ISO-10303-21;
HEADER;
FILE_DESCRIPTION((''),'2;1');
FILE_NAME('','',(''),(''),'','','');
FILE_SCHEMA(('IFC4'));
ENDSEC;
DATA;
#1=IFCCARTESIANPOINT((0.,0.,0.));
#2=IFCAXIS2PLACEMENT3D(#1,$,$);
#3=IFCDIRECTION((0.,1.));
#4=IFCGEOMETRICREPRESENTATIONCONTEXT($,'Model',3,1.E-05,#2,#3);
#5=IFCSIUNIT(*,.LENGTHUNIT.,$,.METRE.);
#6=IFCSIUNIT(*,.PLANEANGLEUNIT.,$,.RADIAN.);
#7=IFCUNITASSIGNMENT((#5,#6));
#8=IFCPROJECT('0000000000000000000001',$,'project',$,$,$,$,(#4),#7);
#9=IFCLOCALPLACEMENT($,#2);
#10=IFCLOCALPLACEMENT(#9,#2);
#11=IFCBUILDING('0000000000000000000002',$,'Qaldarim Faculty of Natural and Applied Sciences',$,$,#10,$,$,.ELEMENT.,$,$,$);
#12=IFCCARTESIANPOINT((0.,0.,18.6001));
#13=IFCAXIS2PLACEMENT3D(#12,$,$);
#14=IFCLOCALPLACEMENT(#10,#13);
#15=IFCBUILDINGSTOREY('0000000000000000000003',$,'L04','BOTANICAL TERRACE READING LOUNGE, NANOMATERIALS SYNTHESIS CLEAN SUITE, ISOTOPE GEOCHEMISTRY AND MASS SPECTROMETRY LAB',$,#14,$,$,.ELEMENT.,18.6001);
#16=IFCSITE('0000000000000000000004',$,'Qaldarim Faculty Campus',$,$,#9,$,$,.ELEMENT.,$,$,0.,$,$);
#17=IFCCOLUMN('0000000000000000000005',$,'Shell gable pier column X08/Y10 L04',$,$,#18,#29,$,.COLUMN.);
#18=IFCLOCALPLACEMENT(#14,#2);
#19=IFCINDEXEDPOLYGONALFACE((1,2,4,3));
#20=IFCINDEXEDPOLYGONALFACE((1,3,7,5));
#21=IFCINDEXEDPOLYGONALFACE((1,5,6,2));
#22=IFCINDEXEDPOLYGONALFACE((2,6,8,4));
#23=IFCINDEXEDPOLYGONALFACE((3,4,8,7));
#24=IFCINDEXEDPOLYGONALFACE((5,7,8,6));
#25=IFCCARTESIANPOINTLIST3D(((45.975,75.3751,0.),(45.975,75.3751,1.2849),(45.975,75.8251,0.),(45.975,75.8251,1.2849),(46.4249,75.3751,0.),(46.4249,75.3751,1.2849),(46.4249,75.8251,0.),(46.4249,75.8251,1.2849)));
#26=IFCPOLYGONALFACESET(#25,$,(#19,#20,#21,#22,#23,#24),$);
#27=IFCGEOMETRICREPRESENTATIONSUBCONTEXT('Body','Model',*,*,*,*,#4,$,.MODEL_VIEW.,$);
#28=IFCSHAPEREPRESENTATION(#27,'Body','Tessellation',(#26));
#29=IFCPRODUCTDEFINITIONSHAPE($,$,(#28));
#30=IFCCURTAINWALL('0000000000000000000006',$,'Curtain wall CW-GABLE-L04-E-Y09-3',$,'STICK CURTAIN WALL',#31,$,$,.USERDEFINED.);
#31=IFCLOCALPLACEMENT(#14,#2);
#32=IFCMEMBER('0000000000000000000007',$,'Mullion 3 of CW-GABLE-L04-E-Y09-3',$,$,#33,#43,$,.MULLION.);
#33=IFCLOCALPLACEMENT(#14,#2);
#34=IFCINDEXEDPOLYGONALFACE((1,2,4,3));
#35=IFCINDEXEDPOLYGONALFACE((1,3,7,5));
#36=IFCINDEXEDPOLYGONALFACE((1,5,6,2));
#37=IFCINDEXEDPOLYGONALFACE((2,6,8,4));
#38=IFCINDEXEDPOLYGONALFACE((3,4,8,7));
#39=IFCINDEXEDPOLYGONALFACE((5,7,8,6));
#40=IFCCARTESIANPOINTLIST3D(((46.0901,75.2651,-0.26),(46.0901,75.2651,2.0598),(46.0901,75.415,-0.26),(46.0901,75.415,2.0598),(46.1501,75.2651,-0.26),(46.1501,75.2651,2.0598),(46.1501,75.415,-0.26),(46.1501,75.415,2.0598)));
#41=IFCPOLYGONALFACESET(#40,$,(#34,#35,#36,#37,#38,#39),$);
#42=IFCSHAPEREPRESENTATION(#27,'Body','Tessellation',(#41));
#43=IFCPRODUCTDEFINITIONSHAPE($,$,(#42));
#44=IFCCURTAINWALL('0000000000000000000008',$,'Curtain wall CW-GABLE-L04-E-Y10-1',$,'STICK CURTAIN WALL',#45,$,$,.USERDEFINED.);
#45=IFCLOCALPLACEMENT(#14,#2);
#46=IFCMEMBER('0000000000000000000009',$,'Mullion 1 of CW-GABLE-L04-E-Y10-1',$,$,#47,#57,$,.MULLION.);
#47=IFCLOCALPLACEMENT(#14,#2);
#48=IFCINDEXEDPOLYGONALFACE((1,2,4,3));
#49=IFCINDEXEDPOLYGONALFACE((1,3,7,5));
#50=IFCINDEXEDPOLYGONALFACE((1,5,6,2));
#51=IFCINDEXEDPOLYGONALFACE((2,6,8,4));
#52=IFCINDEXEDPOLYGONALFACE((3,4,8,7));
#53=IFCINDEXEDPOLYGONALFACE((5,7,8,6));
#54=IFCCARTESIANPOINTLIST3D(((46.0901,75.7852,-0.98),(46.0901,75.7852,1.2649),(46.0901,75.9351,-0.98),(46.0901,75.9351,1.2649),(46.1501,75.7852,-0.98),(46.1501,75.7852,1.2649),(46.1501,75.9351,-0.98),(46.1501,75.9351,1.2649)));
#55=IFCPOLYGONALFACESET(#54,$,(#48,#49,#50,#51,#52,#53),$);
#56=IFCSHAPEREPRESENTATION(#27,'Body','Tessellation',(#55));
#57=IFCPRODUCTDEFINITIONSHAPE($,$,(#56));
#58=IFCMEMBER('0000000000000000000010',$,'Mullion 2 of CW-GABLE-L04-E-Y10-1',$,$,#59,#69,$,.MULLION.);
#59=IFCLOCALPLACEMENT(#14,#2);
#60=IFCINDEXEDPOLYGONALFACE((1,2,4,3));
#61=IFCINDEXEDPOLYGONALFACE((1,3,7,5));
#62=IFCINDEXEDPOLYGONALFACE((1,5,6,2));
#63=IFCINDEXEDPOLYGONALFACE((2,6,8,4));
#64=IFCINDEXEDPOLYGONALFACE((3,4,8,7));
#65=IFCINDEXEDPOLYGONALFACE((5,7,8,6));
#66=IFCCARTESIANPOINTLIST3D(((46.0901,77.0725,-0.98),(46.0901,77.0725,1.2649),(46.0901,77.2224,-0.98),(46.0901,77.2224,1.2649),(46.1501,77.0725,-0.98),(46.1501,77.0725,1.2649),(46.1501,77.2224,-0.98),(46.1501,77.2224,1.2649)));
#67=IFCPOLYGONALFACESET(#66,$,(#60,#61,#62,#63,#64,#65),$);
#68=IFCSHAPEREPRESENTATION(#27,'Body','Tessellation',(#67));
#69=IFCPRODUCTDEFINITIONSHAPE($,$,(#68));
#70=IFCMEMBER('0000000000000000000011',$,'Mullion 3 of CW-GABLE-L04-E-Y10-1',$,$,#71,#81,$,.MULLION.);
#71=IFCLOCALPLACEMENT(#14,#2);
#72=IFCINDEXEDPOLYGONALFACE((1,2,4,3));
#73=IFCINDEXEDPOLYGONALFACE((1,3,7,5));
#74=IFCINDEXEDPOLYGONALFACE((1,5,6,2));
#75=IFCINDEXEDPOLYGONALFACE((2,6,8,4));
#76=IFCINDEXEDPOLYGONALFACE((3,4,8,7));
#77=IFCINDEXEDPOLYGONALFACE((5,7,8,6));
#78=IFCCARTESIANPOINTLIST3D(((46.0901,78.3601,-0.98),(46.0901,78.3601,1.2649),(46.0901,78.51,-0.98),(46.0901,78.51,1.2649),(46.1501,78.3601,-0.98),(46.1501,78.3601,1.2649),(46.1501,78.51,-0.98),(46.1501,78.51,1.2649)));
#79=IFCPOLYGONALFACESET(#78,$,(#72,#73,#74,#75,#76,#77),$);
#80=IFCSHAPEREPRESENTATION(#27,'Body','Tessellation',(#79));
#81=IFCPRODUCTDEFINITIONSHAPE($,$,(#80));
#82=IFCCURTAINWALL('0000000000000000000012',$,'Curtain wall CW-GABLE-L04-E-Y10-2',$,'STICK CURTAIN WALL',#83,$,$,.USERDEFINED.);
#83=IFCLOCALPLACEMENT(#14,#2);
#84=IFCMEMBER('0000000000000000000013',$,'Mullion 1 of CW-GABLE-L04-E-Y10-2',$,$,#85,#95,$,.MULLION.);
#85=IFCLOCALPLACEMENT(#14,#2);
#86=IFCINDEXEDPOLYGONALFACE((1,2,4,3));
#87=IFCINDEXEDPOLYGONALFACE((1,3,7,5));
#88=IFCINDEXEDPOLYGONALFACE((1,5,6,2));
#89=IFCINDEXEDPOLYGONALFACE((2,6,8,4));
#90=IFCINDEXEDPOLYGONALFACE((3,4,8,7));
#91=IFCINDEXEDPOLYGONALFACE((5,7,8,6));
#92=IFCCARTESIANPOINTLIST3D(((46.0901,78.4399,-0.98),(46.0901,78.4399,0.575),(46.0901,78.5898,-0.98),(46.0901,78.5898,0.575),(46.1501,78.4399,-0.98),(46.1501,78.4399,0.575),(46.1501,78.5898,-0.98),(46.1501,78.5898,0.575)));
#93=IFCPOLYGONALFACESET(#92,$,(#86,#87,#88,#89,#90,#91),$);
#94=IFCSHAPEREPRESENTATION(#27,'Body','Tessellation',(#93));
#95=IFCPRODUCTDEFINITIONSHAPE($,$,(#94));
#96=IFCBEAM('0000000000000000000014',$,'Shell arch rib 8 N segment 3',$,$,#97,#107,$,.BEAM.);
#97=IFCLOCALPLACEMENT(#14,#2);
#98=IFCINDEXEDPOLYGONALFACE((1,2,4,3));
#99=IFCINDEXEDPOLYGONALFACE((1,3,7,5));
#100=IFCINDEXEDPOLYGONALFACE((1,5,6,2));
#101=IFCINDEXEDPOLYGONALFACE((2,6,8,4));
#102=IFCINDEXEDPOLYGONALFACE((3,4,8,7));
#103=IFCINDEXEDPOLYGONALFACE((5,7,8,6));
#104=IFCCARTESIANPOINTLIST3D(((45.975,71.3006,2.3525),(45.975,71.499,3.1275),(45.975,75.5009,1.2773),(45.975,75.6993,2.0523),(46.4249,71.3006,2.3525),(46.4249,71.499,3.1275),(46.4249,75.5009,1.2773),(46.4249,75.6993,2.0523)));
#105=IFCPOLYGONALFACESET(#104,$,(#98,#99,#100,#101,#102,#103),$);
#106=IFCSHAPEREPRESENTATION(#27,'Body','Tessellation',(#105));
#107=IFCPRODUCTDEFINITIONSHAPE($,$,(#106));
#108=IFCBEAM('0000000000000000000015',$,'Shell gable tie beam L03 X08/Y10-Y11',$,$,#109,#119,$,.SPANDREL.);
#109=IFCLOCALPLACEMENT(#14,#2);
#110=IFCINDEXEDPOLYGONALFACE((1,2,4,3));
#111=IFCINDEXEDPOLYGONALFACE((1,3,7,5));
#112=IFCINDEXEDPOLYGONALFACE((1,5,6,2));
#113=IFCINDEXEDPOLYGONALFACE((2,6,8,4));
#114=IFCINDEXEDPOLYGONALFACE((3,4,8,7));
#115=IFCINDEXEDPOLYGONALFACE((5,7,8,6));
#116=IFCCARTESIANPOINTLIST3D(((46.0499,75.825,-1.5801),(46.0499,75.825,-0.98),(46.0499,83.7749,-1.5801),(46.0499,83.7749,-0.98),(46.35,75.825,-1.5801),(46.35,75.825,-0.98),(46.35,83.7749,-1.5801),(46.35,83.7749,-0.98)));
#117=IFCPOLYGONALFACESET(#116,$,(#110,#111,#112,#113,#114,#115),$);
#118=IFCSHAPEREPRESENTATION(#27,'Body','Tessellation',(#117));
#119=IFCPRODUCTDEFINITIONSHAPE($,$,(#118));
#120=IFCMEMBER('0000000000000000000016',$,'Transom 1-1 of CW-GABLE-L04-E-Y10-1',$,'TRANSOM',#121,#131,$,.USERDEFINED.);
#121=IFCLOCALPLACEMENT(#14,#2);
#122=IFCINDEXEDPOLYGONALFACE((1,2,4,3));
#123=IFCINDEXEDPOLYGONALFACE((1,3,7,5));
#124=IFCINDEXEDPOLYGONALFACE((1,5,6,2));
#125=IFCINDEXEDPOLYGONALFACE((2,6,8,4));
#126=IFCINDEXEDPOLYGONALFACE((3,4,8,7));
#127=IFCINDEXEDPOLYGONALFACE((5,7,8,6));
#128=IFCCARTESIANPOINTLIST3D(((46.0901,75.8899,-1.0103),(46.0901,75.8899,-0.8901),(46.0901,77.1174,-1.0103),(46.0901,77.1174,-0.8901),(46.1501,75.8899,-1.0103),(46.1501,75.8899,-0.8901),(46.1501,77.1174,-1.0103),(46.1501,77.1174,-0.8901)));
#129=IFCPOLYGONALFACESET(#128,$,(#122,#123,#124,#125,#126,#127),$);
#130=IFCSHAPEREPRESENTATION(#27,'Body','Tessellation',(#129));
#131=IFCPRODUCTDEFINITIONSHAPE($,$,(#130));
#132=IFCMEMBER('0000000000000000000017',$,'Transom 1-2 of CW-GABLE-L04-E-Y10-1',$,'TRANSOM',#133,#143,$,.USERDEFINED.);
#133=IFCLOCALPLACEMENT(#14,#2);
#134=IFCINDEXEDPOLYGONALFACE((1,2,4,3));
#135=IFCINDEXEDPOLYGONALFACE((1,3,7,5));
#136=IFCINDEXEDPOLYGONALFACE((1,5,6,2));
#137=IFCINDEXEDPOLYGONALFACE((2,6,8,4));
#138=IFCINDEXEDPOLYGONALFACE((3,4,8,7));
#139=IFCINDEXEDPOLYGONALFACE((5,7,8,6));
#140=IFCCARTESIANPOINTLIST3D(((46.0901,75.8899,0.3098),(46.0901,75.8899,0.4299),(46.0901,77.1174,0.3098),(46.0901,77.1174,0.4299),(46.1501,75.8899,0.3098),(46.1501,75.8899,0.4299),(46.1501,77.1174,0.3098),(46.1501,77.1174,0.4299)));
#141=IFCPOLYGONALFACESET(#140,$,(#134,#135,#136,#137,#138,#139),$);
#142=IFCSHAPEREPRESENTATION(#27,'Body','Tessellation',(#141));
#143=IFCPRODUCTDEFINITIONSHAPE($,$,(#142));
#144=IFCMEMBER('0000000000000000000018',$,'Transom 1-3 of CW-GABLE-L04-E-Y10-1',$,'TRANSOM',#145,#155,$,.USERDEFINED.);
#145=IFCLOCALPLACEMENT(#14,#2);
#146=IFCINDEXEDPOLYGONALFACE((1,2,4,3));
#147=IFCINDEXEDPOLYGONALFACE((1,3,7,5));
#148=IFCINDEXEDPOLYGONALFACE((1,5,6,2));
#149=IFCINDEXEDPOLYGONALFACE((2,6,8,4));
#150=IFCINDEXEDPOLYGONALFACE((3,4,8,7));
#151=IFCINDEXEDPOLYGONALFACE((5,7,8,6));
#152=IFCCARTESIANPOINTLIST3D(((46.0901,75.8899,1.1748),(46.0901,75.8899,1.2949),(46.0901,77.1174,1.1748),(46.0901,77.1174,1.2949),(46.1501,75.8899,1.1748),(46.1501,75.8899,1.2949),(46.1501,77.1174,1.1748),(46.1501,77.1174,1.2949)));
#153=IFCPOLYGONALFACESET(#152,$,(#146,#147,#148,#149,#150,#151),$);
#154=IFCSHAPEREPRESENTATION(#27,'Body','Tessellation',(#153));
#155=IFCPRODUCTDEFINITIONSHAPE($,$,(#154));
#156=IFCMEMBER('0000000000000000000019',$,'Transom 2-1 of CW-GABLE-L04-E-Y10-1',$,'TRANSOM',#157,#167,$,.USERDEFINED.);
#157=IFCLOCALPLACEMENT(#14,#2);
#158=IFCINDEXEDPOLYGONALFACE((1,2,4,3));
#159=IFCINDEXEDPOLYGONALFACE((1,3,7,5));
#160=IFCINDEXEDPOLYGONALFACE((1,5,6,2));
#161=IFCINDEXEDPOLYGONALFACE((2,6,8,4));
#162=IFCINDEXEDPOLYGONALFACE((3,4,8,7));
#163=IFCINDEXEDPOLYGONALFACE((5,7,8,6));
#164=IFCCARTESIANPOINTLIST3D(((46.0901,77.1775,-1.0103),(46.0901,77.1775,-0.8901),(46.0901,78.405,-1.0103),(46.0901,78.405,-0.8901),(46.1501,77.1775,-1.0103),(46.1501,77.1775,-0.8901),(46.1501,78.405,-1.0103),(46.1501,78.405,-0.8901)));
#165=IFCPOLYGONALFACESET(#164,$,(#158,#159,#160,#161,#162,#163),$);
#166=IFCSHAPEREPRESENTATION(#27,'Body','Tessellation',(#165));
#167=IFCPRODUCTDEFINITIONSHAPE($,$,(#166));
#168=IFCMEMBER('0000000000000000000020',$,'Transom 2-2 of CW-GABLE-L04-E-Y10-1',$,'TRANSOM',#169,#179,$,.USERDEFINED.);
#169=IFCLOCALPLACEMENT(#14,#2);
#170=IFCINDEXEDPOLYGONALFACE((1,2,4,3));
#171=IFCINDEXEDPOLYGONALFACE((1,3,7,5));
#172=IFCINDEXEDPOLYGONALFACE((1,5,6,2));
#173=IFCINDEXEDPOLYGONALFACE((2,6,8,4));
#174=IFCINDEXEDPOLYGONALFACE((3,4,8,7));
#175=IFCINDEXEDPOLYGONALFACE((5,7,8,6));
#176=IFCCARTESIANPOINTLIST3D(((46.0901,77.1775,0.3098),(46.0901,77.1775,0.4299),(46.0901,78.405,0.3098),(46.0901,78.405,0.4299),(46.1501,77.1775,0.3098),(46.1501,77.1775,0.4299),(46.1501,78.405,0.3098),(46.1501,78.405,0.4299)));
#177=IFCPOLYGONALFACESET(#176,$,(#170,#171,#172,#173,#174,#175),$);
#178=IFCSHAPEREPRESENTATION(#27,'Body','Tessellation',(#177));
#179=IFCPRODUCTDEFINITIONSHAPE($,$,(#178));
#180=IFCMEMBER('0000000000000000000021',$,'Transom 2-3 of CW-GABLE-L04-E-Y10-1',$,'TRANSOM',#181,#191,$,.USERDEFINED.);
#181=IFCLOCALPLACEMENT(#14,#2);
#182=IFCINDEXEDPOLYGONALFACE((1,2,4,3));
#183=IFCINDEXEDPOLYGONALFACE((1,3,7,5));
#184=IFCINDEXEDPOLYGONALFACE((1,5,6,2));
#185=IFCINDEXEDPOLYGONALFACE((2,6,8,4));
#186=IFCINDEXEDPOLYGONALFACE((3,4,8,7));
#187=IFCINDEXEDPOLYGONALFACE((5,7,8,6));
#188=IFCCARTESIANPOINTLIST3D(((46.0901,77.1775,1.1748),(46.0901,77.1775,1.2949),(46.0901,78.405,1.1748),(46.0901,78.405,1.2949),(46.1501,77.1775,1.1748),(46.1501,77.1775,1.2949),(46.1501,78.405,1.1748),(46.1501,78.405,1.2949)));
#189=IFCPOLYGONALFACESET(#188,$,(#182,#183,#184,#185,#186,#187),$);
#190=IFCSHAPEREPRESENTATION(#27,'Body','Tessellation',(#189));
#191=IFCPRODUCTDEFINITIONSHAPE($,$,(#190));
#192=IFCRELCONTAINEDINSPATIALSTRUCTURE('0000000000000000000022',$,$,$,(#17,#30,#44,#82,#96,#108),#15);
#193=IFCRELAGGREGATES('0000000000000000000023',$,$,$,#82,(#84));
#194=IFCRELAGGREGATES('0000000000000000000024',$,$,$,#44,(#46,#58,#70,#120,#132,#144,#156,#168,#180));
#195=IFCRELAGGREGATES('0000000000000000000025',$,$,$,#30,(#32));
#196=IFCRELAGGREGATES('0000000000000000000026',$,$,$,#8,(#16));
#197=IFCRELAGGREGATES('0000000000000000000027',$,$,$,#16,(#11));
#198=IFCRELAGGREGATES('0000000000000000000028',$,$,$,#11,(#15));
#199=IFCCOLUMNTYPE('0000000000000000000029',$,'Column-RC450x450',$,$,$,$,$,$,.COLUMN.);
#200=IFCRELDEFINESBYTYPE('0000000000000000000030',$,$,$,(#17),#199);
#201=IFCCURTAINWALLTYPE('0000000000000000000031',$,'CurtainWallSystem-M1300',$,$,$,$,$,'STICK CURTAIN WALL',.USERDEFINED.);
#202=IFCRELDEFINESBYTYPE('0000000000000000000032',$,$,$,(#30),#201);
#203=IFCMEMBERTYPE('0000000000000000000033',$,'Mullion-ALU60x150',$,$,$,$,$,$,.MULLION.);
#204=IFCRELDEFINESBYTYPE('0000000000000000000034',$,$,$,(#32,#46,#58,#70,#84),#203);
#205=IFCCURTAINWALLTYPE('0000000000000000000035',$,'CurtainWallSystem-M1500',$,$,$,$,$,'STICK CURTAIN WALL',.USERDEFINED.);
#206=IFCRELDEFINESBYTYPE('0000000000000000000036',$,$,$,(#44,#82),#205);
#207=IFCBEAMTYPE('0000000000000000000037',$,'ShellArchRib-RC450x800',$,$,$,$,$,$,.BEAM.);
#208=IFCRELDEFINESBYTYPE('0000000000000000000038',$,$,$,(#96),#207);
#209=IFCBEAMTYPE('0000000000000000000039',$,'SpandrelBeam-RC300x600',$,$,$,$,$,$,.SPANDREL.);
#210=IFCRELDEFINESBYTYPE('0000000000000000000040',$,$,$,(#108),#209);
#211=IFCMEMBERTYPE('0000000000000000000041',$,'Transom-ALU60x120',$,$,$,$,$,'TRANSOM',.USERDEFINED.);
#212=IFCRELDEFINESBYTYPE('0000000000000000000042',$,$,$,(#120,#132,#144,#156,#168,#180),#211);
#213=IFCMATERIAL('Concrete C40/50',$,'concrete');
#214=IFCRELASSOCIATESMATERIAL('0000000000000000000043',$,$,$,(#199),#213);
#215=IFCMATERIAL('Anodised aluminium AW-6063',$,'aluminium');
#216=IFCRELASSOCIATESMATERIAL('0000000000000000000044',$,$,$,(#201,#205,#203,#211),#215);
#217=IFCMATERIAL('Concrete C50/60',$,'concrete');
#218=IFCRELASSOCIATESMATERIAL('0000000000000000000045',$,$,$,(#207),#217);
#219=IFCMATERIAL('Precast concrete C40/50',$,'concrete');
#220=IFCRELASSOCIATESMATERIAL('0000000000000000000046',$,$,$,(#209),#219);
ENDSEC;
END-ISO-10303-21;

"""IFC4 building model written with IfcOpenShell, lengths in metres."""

from ifc_helpers import new_model, si_unit, direction, frame, origin, origin_2d, place, context, subcontext, project, spatial, rectangle, extrude, material, material_profile, profile_set, type_object, element, aggregate, save


model = new_model("IFC4")

# Units and contexts
model_context = context("Model", 3, precision=1e-05, world=origin(), true_north=direction((0.0, 1.0)))
body_context = subcontext(model_context, "Body", "Model", "MODEL_VIEW")
ifc_project = project(units=[si_unit("LENGTHUNIT", "METRE"), si_unit("PLANEANGLEUNIT", "RADIAN")], contexts=[model_context])

# Site, building, storey
site_placement = place(None, origin())
site = spatial("IfcSite", under=ifc_project, at=site_placement, Name="Qaldarim Faculty Campus", CompositionType="ELEMENT", RefElevation=0.0)
building_placement = place(site_placement, origin())
building = spatial("IfcBuilding", under=site, at=building_placement, Name="Qaldarim Faculty of Natural and Applied Sciences", CompositionType="ELEMENT")
storey_placement = place(building_placement, frame((0.0, 0.0, 18.6001)))
storey = spatial("IfcBuildingStorey", under=building, at=storey_placement, Name="L04", Description="BOTANICAL TERRACE READING LOUNGE, NANOMATERIALS SYNTHESIS CLEAN SUITE, ISOTOPE GEOCHEMISTRY AND MASS SPECTROMETRY LAB", CompositionType="ELEMENT", Elevation=18.6001)

# Column
ifc_material_1 = material(Name="Concrete C40/50", Category="concrete")
ifc_material_profile_1 = material_profile(ifc_material_1, rectangle(XDim=0.45, YDim=0.45, at=origin_2d()), Name="RC-C450x450")
ifc_profile_set_1 = profile_set([ifc_material_profile_1], Name="Concrete C40/50")
column_type = type_object("IfcColumnType", Name="Column-RC450x450", PredefinedType="COLUMN", material=ifc_profile_set_1)
column_placement = place(storey_placement, frame((46.2, 75.6001, 0.0), z_axis=(0.0, 0.0, 1.0), x_axis=(1.0, 0.0, 0.0)))
element("IfcColumn", 1, at=column_placement, inside=storey, type_object=column_type, Name="Shell gable pier column X08/Y10 L04", PredefinedType="COLUMN", context=body_context, shape_type="SweptSolid", body=[
    extrude(rectangle(XDim=0.45, YDim=0.45, at=origin_2d()), origin(), (0.0, 0.0, 1.0), 1.2849),
])

# Curtain wall, member
ifc_material_2 = material(Name="Anodised aluminium AW-6063", Category="aluminium")
curtain_wall_type_1 = type_object("IfcCurtainWallType", Name="CurtainWallSystem-M1300", ElementType="STICK CURTAIN WALL", PredefinedType="USERDEFINED", material=ifc_material_2)
curtain_wall_1_placement = place(storey_placement, origin())
curtain_wall_1 = element("IfcCurtainWall", 2, at=curtain_wall_1_placement, inside=storey, type_object=curtain_wall_type_1, Name="Curtain wall CW-GABLE-L04-E-Y09-3", ObjectType="STICK CURTAIN WALL", PredefinedType="USERDEFINED")
ifc_material_profile_2 = material_profile(ifc_material_2, rectangle(XDim=0.0601, YDim=0.1499, at=origin_2d()), Name="ALU-M60x150")
ifc_profile_set_2 = profile_set([ifc_material_profile_2], Name="Anodised aluminium AW-6063")
member_type_1 = type_object("IfcMemberType", Name="Mullion-ALU60x150", PredefinedType="MULLION", material=ifc_profile_set_2)
member_1_placement = place(storey_placement, frame((46.1201, 75.3401, -0.26), z_axis=(0.0, 0.0, 1.0), x_axis=(-1.0, 0.0, 0.0)))
member_1 = element("IfcMember", 3, at=member_1_placement, type_object=member_type_1, Name="Mullion 3 of CW-GABLE-L04-E-Y09-3", PredefinedType="MULLION", context=body_context, shape_type="SweptSolid", body=[
    extrude(rectangle(XDim=0.0601, YDim=0.1499, at=origin_2d()), origin(), (0.0, 0.0, 1.0), 2.3198),
])

# Curtain wall, members
curtain_wall_type_2 = type_object("IfcCurtainWallType", Name="CurtainWallSystem-M1500", ElementType="STICK CURTAIN WALL", PredefinedType="USERDEFINED", material=ifc_material_2)
curtain_wall_2_placement = place(storey_placement, origin())
curtain_wall_2 = element("IfcCurtainWall", 4, at=curtain_wall_2_placement, inside=storey, type_object=curtain_wall_type_2, Name="Curtain wall CW-GABLE-L04-E-Y10-1", ObjectType="STICK CURTAIN WALL", PredefinedType="USERDEFINED")
member_2_placement = place(storey_placement, frame((46.1201, 75.8601, -0.98), z_axis=(0.0, 0.0, 1.0), x_axis=(-1.0, 0.0, 0.0)))
member_2 = element("IfcMember", 5, at=member_2_placement, type_object=member_type_1, Name="Mullion 1 of CW-GABLE-L04-E-Y10-1", PredefinedType="MULLION", context=body_context, shape_type="SweptSolid", body=[
    extrude(rectangle(XDim=0.0601, YDim=0.1499, at=origin_2d()), origin(), (0.0, 0.0, 1.0), 2.2449),
])
member_3_placement = place(storey_placement, frame((46.1201, 77.1475, -0.98), z_axis=(0.0, 0.0, 1.0), x_axis=(-1.0, 0.0, 0.0)))
member_3 = element("IfcMember", 6, at=member_3_placement, type_object=member_type_1, Name="Mullion 2 of CW-GABLE-L04-E-Y10-1", PredefinedType="MULLION", context=body_context, shape_type="SweptSolid", body=[
    extrude(rectangle(XDim=0.0601, YDim=0.1499, at=origin_2d()), origin(), (0.0, 0.0, 1.0), 2.2449),
])
member_4_placement = place(storey_placement, frame((46.1201, 78.4351, -0.98), z_axis=(0.0, 0.0, 1.0), x_axis=(-1.0, 0.0, 0.0)))
member_4 = element("IfcMember", 7, at=member_4_placement, type_object=member_type_1, Name="Mullion 3 of CW-GABLE-L04-E-Y10-1", PredefinedType="MULLION", context=body_context, shape_type="SweptSolid", body=[
    extrude(rectangle(XDim=0.0601, YDim=0.1499, at=origin_2d()), origin(), (0.0, 0.0, 1.0), 2.2449),
])

# Curtain wall, member
curtain_wall_3_placement = place(storey_placement, origin())
curtain_wall_3 = element("IfcCurtainWall", 8, at=curtain_wall_3_placement, inside=storey, type_object=curtain_wall_type_2, Name="Curtain wall CW-GABLE-L04-E-Y10-2", ObjectType="STICK CURTAIN WALL", PredefinedType="USERDEFINED")
member_5_placement = place(storey_placement, frame((46.1201, 78.5149, -0.98), z_axis=(0.0, 0.0, 1.0), x_axis=(-1.0, 0.0, 0.0)))
member_5 = element("IfcMember", 9, at=member_5_placement, type_object=member_type_1, Name="Mullion 1 of CW-GABLE-L04-E-Y10-2", PredefinedType="MULLION", context=body_context, shape_type="SweptSolid", body=[
    extrude(rectangle(XDim=0.0601, YDim=0.1499, at=origin_2d()), origin(), (0.0, 0.0, 1.0), 1.5549),
])

# Beams
ifc_material_3 = material(Name="Concrete C50/60", Category="concrete")
ifc_material_profile_3 = material_profile(ifc_material_3, rectangle(XDim=0.45, YDim=0.8, at=origin_2d()), Name="RC-RIB450x800")
ifc_profile_set_3 = profile_set([ifc_material_profile_3], Name="Concrete C50/60")
beam_type_1 = type_object("IfcBeamType", Name="ShellArchRib-RC450x800", PredefinedType="BEAM", material=ifc_profile_set_3)
beam_1_placement = place(storey_placement, frame((46.2, 75.6001, 1.6648), z_axis=(0.0, -0.968762, 0.247991), x_axis=(1.0, 0.0, 0.0)))
element("IfcBeam", 10, at=beam_1_placement, inside=storey, type_object=beam_type_1, Name="Shell arch rib 8 N segment 3", PredefinedType="BEAM", context=body_context, shape_type="SweptSolid", body=[
    extrude(rectangle(XDim=0.45, YDim=0.8, at=origin_2d()), origin(), (0.0, 0.0, 1.0), 4.3357),
])
ifc_material_4 = material(Name="Precast concrete C40/50", Category="concrete")
ifc_material_profile_4 = material_profile(ifc_material_4, rectangle(XDim=0.3, YDim=0.6001, at=origin_2d()), Name="RC-SP300x600")
ifc_profile_set_4 = profile_set([ifc_material_profile_4], Name="Precast concrete C40/50")
beam_type_2 = type_object("IfcBeamType", Name="SpandrelBeam-RC300x600", PredefinedType="SPANDREL", material=ifc_profile_set_4)
beam_2_placement = place(storey_placement, frame((46.2, 75.825, -1.28), z_axis=(0.0, 1.0, 0.0), x_axis=(-1.0, 0.0, 0.0)))
element("IfcBeam", 11, at=beam_2_placement, inside=storey, type_object=beam_type_2, Name="Shell gable tie beam L03 X08/Y10-Y11", PredefinedType="SPANDREL", context=body_context, shape_type="SweptSolid", body=[
    extrude(rectangle(XDim=0.3, YDim=0.6001, at=origin_2d()), origin(), (0.0, 0.0, 1.0), 7.95),
])

# Members
ifc_material_profile_5 = material_profile(ifc_material_2, rectangle(XDim=0.0601, YDim=0.1201, at=origin_2d()), Name="ALU-T60x120")
ifc_profile_set_5 = profile_set([ifc_material_profile_5], Name="Anodised aluminium AW-6063")
member_type_2 = type_object("IfcMemberType", Name="Transom-ALU60x120", ElementType="TRANSOM", PredefinedType="USERDEFINED", material=ifc_profile_set_5)
member_6_placement = place(storey_placement, frame((46.1201, 75.8899, -0.9502), z_axis=(0.0, 1.0, 0.0), x_axis=(-1.0, 0.0, 0.0)))
member_6 = element("IfcMember", 12, at=member_6_placement, type_object=member_type_2, Name="Transom 1-1 of CW-GABLE-L04-E-Y10-1", ObjectType="TRANSOM", PredefinedType="USERDEFINED", context=body_context, shape_type="SweptSolid", body=[
    extrude(rectangle(XDim=0.0601, YDim=0.1201, at=origin_2d()), origin(), (0.0, 0.0, 1.0), 1.2275),
])
member_7_placement = place(storey_placement, frame((46.1201, 75.8899, 0.3699), z_axis=(0.0, 1.0, 0.0), x_axis=(-1.0, 0.0, 0.0)))
member_7 = element("IfcMember", 13, at=member_7_placement, type_object=member_type_2, Name="Transom 1-2 of CW-GABLE-L04-E-Y10-1", ObjectType="TRANSOM", PredefinedType="USERDEFINED", context=body_context, shape_type="SweptSolid", body=[
    extrude(rectangle(XDim=0.0601, YDim=0.1201, at=origin_2d()), origin(), (0.0, 0.0, 1.0), 1.2275),
])
member_8_placement = place(storey_placement, frame((46.1201, 75.8899, 1.2349), z_axis=(0.0, 1.0, 0.0), x_axis=(-1.0, 0.0, 0.0)))
member_8 = element("IfcMember", 14, at=member_8_placement, type_object=member_type_2, Name="Transom 1-3 of CW-GABLE-L04-E-Y10-1", ObjectType="TRANSOM", PredefinedType="USERDEFINED", context=body_context, shape_type="SweptSolid", body=[
    extrude(rectangle(XDim=0.0601, YDim=0.1201, at=origin_2d()), origin(), (0.0, 0.0, 1.0), 1.2275),
])
member_9_placement = place(storey_placement, frame((46.1201, 77.1775, -0.9502), z_axis=(0.0, 1.0, 0.0), x_axis=(-1.0, 0.0, 0.0)))
member_9 = element("IfcMember", 15, at=member_9_placement, type_object=member_type_2, Name="Transom 2-1 of CW-GABLE-L04-E-Y10-1", ObjectType="TRANSOM", PredefinedType="USERDEFINED", context=body_context, shape_type="SweptSolid", body=[
    extrude(rectangle(XDim=0.0601, YDim=0.1201, at=origin_2d()), origin(), (0.0, 0.0, 1.0), 1.2275),
])
member_10_placement = place(storey_placement, frame((46.1201, 77.1775, 0.3699), z_axis=(0.0, 1.0, 0.0), x_axis=(-1.0, 0.0, 0.0)))
member_10 = element("IfcMember", 16, at=member_10_placement, type_object=member_type_2, Name="Transom 2-2 of CW-GABLE-L04-E-Y10-1", ObjectType="TRANSOM", PredefinedType="USERDEFINED", context=body_context, shape_type="SweptSolid", body=[
    extrude(rectangle(XDim=0.0601, YDim=0.1201, at=origin_2d()), origin(), (0.0, 0.0, 1.0), 1.2275),
])
member_11_placement = place(storey_placement, frame((46.1201, 77.1775, 1.2349), z_axis=(0.0, 1.0, 0.0), x_axis=(-1.0, 0.0, 0.0)))
member_11 = element("IfcMember", 17, at=member_11_placement, type_object=member_type_2, Name="Transom 2-3 of CW-GABLE-L04-E-Y10-1", ObjectType="TRANSOM", PredefinedType="USERDEFINED", context=body_context, shape_type="SweptSolid", body=[
    extrude(rectangle(XDim=0.0601, YDim=0.1201, at=origin_2d()), origin(), (0.0, 0.0, 1.0), 1.2275),
])
aggregate(curtain_wall_3, [member_5])

aggregate(curtain_wall_2, [member_2, member_3, member_4, member_6, member_7, member_8, member_9, member_10, member_11])
aggregate(curtain_wall_1, [member_1])

save(model, "model.ifc")
